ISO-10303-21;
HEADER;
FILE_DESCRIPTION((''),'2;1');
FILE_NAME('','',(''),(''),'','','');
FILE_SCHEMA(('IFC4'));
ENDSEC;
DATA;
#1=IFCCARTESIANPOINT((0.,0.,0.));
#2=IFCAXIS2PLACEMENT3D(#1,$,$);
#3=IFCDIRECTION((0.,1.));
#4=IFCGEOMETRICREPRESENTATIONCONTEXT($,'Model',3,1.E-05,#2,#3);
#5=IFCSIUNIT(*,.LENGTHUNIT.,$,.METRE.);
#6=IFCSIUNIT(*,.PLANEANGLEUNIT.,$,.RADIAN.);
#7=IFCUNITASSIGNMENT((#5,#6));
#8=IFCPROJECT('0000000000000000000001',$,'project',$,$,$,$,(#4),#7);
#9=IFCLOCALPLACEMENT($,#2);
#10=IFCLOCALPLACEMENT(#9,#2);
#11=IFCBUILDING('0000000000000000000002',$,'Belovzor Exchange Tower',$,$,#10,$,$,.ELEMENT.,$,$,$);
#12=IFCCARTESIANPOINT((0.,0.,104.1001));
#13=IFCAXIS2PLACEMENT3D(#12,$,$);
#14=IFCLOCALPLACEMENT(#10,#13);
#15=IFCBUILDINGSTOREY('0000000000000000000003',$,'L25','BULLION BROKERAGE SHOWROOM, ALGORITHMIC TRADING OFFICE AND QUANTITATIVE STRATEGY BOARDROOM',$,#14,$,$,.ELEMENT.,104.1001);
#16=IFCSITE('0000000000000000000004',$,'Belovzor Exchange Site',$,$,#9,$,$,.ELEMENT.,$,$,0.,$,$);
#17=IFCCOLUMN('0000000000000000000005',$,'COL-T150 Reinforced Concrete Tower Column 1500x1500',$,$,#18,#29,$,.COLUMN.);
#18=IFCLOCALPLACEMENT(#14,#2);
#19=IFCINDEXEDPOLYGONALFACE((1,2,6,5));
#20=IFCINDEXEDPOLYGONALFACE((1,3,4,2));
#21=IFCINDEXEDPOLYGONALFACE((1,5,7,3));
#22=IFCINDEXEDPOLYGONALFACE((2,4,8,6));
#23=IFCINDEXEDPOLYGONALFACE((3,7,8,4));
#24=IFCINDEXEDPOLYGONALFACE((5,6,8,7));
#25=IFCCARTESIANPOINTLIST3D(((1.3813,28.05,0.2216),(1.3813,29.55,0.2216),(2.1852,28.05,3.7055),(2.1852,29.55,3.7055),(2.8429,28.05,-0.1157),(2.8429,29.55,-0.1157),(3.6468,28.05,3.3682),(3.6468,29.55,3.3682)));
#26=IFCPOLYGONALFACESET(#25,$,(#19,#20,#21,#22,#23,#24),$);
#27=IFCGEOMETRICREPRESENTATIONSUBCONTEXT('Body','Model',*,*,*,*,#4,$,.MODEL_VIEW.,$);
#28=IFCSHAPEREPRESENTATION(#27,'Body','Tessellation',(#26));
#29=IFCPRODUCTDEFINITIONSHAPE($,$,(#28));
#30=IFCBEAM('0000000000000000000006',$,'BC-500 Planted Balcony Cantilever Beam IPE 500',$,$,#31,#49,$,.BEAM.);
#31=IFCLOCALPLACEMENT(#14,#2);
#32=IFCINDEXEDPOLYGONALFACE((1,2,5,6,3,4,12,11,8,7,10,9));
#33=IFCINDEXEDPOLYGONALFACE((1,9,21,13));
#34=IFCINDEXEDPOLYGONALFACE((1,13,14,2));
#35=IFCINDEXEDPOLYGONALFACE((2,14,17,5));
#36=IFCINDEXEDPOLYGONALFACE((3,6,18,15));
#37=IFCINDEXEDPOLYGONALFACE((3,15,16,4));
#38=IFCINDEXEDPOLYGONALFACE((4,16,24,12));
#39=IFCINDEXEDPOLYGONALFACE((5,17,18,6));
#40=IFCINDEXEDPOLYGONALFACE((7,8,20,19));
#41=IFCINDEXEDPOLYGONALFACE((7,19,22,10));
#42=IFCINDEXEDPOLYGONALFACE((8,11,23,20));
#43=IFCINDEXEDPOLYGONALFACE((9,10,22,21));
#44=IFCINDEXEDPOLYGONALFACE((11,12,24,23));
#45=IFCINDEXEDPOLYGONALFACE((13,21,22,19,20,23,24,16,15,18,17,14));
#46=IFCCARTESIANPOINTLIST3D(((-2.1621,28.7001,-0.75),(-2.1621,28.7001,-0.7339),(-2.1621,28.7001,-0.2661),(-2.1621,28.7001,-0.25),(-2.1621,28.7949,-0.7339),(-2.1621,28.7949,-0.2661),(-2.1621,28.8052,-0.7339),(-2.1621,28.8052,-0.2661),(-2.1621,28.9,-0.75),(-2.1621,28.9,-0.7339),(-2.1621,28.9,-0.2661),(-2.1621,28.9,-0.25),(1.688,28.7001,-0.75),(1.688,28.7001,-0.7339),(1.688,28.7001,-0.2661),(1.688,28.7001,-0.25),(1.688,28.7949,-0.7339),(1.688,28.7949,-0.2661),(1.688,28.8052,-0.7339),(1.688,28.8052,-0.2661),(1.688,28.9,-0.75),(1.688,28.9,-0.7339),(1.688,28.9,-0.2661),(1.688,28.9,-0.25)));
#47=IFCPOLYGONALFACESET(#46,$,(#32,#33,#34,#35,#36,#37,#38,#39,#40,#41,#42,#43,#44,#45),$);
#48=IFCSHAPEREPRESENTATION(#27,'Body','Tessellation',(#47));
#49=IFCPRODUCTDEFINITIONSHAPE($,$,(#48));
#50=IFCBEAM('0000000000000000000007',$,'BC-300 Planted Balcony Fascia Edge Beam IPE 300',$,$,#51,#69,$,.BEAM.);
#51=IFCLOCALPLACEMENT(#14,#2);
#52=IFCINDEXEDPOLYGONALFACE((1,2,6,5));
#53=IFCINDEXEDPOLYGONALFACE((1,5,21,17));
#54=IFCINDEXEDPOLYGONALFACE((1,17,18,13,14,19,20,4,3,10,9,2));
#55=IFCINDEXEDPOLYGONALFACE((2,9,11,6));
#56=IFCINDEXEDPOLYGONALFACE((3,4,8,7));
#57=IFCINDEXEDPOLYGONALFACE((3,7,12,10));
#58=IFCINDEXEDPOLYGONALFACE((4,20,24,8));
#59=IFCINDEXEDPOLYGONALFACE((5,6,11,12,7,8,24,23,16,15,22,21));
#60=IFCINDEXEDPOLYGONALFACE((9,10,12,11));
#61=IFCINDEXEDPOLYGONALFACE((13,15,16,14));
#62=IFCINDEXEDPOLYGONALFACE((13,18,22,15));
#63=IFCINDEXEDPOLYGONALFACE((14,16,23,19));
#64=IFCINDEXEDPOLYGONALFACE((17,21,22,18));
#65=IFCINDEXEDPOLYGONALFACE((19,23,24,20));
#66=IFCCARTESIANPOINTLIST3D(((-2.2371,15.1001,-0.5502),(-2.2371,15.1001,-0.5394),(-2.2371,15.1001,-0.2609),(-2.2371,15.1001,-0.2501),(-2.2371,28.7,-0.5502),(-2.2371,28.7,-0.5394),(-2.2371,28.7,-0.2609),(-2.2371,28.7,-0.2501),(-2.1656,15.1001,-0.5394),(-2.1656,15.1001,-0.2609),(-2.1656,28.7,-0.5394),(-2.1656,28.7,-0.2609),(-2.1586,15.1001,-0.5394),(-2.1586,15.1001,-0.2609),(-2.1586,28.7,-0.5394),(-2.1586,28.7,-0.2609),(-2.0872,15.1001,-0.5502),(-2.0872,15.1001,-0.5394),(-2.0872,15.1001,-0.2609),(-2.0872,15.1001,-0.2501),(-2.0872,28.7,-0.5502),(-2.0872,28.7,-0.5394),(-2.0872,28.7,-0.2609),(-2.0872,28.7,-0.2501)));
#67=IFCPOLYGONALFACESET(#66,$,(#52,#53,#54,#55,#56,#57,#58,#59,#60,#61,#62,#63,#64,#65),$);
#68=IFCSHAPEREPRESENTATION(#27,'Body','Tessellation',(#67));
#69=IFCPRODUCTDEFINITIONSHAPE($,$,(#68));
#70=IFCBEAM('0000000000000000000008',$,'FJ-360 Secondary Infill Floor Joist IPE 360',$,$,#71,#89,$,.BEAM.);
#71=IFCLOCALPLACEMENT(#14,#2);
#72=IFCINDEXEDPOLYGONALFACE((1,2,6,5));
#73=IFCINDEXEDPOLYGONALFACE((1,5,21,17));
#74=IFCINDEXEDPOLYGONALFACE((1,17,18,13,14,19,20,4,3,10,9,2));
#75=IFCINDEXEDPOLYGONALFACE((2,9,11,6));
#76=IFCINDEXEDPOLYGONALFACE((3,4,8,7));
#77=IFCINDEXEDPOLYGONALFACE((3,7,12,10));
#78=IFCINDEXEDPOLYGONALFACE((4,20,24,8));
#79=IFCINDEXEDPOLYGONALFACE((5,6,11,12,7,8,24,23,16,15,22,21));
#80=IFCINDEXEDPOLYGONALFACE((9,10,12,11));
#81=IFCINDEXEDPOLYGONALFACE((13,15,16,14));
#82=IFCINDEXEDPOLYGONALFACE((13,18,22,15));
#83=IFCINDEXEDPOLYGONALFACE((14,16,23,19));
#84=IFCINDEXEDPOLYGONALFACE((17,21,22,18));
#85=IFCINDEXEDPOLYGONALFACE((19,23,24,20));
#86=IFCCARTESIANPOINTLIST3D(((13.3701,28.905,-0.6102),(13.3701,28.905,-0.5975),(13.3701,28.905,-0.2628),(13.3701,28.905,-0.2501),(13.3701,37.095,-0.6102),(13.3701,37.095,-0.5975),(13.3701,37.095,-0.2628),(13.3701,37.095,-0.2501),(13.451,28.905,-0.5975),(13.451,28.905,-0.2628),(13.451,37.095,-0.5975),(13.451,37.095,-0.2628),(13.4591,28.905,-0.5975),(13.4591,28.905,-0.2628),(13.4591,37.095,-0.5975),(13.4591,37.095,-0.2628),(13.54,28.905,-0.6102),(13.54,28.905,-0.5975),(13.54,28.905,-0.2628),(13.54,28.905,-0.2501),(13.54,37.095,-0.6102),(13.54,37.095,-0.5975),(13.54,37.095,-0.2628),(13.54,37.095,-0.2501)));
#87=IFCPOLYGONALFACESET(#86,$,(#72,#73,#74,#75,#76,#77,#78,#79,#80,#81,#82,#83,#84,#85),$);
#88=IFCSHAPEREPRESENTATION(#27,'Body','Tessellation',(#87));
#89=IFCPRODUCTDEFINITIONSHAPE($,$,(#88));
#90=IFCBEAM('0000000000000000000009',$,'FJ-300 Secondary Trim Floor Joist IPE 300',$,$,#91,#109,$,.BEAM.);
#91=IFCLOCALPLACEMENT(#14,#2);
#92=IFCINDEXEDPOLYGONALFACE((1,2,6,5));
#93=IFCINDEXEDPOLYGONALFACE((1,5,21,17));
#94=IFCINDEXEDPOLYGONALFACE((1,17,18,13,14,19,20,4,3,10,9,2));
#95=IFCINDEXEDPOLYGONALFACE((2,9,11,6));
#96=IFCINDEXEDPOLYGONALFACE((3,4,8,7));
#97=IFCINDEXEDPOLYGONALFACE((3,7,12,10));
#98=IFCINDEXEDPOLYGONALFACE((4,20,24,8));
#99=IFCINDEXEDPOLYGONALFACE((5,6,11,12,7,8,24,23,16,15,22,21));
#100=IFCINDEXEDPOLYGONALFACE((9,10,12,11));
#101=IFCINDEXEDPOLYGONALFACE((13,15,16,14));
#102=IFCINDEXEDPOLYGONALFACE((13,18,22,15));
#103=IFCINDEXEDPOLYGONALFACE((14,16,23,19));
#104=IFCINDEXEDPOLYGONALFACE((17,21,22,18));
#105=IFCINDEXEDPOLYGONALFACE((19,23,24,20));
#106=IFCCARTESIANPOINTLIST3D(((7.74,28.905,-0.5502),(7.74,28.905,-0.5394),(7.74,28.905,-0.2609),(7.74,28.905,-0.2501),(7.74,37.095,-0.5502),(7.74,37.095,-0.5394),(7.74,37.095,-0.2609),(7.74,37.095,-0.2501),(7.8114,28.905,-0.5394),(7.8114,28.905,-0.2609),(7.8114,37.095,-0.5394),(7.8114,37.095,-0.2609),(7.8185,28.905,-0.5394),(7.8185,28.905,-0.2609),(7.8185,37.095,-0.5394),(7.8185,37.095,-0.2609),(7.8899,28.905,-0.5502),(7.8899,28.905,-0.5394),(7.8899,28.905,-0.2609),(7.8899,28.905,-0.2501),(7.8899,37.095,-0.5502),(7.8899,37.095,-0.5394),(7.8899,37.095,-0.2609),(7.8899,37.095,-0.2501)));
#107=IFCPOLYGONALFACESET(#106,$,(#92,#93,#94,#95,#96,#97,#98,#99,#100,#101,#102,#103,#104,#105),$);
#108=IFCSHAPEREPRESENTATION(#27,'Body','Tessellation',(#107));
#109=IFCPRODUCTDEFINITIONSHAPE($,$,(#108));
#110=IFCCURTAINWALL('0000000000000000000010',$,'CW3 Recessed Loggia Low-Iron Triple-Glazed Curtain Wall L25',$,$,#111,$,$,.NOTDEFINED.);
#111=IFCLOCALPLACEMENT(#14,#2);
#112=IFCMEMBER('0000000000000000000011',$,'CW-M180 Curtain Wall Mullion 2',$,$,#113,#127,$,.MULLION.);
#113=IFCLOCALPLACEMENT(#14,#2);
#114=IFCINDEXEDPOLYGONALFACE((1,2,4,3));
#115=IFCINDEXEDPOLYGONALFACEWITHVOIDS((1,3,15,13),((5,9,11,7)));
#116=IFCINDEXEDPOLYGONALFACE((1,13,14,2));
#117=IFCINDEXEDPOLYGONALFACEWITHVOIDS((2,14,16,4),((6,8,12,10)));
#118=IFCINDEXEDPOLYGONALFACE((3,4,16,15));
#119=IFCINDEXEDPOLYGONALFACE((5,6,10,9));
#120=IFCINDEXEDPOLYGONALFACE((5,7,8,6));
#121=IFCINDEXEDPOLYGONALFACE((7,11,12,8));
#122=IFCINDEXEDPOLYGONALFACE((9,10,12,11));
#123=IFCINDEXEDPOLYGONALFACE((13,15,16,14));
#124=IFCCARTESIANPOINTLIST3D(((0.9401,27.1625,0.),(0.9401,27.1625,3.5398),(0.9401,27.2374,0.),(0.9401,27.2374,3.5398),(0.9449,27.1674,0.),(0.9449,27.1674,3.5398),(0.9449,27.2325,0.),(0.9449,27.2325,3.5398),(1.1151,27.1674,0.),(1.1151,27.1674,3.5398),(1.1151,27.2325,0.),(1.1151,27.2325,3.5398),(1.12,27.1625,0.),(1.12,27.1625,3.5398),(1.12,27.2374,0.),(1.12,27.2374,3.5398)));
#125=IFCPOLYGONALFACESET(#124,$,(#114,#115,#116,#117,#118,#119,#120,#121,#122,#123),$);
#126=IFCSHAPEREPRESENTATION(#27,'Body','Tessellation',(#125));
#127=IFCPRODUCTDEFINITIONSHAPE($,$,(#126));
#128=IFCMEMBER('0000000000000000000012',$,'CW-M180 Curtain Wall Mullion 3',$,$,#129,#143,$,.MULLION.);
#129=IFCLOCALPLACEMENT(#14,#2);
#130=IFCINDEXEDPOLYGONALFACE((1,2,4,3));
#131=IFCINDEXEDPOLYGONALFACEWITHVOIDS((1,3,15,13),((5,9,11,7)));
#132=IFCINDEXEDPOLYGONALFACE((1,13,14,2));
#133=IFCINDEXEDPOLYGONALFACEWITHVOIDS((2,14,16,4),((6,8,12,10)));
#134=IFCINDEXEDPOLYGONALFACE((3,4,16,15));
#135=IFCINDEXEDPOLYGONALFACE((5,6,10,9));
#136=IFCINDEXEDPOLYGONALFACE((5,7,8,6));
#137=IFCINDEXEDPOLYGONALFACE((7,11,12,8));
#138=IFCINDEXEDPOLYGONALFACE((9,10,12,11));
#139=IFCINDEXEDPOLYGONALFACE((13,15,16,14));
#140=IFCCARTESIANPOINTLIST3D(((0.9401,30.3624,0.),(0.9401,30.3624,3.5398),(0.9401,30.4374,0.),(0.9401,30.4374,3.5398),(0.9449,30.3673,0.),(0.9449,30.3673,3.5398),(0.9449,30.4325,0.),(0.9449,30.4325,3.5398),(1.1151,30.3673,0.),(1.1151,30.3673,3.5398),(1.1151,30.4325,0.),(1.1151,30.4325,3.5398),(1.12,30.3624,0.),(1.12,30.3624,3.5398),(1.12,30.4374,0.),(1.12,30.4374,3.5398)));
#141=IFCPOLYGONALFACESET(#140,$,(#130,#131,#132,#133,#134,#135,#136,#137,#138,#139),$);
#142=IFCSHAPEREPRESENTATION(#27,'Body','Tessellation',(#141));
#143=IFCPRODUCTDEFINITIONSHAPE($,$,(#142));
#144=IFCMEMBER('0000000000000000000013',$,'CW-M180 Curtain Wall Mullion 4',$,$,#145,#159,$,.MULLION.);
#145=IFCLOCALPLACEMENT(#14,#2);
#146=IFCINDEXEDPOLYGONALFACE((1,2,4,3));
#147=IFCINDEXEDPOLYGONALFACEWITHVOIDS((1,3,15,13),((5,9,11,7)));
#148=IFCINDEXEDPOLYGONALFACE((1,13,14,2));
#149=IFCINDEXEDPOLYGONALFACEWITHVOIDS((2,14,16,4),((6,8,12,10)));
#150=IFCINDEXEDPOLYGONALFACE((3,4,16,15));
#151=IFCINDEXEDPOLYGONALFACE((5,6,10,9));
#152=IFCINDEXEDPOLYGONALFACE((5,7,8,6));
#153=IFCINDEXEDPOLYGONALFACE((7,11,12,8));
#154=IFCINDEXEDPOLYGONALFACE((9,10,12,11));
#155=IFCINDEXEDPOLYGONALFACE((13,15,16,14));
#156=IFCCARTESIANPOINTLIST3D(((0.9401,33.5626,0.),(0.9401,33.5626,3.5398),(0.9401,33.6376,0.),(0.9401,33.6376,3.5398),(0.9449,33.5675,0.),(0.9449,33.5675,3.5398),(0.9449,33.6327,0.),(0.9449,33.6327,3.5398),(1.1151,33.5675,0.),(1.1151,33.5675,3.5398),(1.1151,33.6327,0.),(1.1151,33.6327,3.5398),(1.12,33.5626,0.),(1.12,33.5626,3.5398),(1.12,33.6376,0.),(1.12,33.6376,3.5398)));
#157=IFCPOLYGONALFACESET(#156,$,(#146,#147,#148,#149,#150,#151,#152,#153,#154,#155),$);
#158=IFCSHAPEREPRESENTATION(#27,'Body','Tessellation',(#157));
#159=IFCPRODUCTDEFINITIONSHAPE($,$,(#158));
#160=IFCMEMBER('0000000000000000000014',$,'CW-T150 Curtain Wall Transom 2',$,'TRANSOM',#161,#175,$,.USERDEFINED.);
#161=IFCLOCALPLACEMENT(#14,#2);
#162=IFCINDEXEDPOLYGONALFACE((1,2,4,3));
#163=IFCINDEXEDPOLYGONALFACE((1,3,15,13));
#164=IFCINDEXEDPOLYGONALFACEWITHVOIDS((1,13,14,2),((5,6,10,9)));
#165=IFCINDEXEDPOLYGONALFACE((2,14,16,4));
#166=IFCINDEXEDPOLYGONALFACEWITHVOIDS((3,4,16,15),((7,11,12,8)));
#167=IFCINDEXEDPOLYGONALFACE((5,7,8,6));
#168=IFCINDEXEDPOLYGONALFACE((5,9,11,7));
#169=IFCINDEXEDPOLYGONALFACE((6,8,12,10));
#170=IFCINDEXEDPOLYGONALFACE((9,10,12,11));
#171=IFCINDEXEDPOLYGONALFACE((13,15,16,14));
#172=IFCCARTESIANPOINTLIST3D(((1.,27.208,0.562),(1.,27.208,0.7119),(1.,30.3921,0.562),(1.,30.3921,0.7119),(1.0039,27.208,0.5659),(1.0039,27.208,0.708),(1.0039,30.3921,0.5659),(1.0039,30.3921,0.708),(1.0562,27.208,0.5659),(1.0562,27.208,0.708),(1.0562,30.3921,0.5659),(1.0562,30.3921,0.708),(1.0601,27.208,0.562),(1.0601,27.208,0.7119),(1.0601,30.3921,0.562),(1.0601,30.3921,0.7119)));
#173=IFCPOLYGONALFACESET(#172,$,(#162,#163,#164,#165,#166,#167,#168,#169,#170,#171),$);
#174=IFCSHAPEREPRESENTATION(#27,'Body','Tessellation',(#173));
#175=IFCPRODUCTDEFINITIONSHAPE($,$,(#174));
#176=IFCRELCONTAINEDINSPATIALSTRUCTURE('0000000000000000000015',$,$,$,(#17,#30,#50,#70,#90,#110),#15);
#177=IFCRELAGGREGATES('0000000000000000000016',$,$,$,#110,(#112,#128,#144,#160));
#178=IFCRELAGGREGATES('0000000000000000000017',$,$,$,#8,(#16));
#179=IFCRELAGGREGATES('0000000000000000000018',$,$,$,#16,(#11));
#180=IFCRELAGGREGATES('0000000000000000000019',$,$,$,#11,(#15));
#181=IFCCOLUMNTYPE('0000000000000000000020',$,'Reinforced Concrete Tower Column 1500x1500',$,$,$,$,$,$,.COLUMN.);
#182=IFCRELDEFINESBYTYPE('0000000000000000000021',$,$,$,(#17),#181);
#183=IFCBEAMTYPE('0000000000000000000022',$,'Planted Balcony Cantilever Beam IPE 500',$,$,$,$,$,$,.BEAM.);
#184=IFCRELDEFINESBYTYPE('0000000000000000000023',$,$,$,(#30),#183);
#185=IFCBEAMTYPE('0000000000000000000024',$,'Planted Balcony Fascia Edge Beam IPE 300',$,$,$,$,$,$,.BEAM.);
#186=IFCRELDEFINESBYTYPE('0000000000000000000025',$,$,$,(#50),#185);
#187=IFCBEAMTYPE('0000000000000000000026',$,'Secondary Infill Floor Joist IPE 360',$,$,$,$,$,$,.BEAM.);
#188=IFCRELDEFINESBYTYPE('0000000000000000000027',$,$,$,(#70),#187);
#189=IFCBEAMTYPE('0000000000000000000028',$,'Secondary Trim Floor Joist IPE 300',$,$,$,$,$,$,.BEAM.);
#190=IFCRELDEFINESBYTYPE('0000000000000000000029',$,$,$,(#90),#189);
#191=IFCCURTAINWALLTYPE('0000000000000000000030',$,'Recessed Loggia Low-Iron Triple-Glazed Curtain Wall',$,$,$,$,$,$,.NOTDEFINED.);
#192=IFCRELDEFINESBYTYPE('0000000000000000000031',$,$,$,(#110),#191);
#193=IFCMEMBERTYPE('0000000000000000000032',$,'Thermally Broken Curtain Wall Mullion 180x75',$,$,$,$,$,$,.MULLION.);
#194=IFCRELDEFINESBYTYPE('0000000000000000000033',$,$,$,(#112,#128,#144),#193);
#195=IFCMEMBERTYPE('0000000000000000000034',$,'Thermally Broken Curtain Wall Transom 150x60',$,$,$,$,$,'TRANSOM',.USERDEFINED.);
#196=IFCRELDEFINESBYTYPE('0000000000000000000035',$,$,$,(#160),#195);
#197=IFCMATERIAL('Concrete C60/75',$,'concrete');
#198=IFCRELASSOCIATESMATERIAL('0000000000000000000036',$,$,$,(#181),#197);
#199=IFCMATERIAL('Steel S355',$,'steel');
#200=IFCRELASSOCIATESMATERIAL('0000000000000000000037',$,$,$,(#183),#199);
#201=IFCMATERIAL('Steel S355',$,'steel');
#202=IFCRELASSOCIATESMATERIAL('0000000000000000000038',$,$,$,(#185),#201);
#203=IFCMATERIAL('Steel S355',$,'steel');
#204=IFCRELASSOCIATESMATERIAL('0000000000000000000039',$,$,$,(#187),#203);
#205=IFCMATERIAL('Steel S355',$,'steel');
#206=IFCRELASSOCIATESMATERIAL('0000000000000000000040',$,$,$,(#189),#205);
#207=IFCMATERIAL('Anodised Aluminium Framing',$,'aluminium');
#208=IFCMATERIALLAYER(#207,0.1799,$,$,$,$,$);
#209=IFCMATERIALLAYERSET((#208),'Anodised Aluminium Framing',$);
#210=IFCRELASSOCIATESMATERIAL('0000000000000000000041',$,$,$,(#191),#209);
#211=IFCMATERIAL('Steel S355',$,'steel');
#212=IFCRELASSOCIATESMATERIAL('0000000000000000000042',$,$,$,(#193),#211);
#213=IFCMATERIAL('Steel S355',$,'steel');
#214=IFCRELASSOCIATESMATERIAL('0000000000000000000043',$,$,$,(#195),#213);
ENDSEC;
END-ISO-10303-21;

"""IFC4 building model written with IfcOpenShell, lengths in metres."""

from ifc_helpers import new_model, si_unit, direction, frame, origin, origin_2d, place, context, subcontext, project, spatial, rectangle, hollow_rectangle, i_section, extrude, material, layer, layer_set, material_profile, profile_set, type_object, element, aggregate, save


model = new_model("IFC4")

# Units and contexts
model_context = context("Model", 3, precision=1e-05, world=origin(), true_north=direction((0.0, 1.0)))
body_context = subcontext(model_context, "Body", "Model", "MODEL_VIEW")
ifc_project = project(units=[si_unit("LENGTHUNIT", "METRE"), si_unit("PLANEANGLEUNIT", "RADIAN")], contexts=[model_context])

# Site, building, storey
site_placement = place(None, origin())
site = spatial("IfcSite", under=ifc_project, at=site_placement, Name="Belovzor Exchange Site", CompositionType="ELEMENT", RefElevation=0.0)
building_placement = place(site_placement, origin())
building = spatial("IfcBuilding", under=site, at=building_placement, Name="Belovzor Exchange Tower", CompositionType="ELEMENT")
storey_placement = place(building_placement, frame((0.0, 0.0, 104.1001)))
storey = spatial("IfcBuildingStorey", under=building, at=storey_placement, Name="L25", Description="BULLION BROKERAGE SHOWROOM, ALGORITHMIC TRADING OFFICE AND QUANTITATIVE STRATEGY BOARDROOM", CompositionType="ELEMENT", Elevation=104.1001)

# Column
ifc_material_1 = material(Name="Concrete C60/75", Category="concrete")
ifc_material_profile_1 = material_profile(ifc_material_1, rectangle(XDim=1.5, YDim=1.5, at=origin_2d()))
ifc_profile_set_1 = profile_set([ifc_material_profile_1], Name="Concrete C60/75")
column_type = type_object("IfcColumnType", Name="Reinforced Concrete Tower Column 1500x1500", PredefinedType="COLUMN", material=ifc_profile_set_1)
column_placement = place(storey_placement, frame((2.1121, 28.8, 0.053), z_axis=(0.224855, 0.0, 0.974392), x_axis=(0.0, 1.0, 0.0)))
element("IfcColumn", 1, at=column_placement, inside=storey, type_object=column_type, Name="COL-T150 Reinforced Concrete Tower Column 1500x1500", PredefinedType="COLUMN", context=body_context, shape_type="SweptSolid", body=[
    extrude(rectangle(XDim=1.5, YDim=1.5, at=origin_2d()), origin(), (0.0, 0.0, 1.0), 3.5754),
])

# Beams
ifc_material_2 = material(Name="Steel S355", Category="steel")
ifc_material_profile_2 = material_profile(ifc_material_2, i_section(OverallWidth=0.2, OverallDepth=0.5, WebThickness=0.0103, FlangeThickness=0.0161, at=origin_2d()))
ifc_profile_set_2 = profile_set([ifc_material_profile_2], Name="Steel S355")
beam_type_1 = type_object("IfcBeamType", Name="Planted Balcony Cantilever Beam IPE 500", PredefinedType="BEAM", material=ifc_profile_set_2)
beam_1_placement = place(storey_placement, frame((1.688, 28.8, -0.5), z_axis=(-1.0, 0.0, 0.0), x_axis=(0.0, -1.0, 0.0)))
element("IfcBeam", 2, at=beam_1_placement, inside=storey, type_object=beam_type_1, Name="BC-500 Planted Balcony Cantilever Beam IPE 500", PredefinedType="BEAM", context=body_context, shape_type="SweptSolid", body=[
    extrude(i_section(OverallWidth=0.2, OverallDepth=0.5, WebThickness=0.0103, FlangeThickness=0.0161, at=origin_2d()), origin(), (0.0, 0.0, 1.0), 3.8501),
])
ifc_material_3 = material(Name="Steel S355", Category="steel")
ifc_material_profile_3 = material_profile(ifc_material_3, i_section(OverallWidth=0.1499, OverallDepth=0.3, WebThickness=0.0071, FlangeThickness=0.0107, at=origin_2d()))
ifc_profile_set_3 = profile_set([ifc_material_profile_3], Name="Steel S355")
beam_type_2 = type_object("IfcBeamType", Name="Planted Balcony Fascia Edge Beam IPE 300", PredefinedType="BEAM", material=ifc_profile_set_3)
beam_2_placement = place(storey_placement, frame((-2.1621, 28.7, -0.4001), z_axis=(0.0, -1.0, 0.0), x_axis=(1.0, 0.0, 0.0)))
element("IfcBeam", 3, at=beam_2_placement, inside=storey, type_object=beam_type_2, Name="BC-300 Planted Balcony Fascia Edge Beam IPE 300", PredefinedType="BEAM", context=body_context, shape_type="SweptSolid", body=[
    extrude(i_section(OverallWidth=0.1499, OverallDepth=0.3, WebThickness=0.0071, FlangeThickness=0.0107, at=origin_2d()), origin(), (0.0, 0.0, 1.0), 13.5999),
])
ifc_material_4 = material(Name="Steel S355", Category="steel")
ifc_material_profile_4 = material_profile(ifc_material_4, i_section(OverallWidth=0.1699, OverallDepth=0.3601, WebThickness=0.0081, FlangeThickness=0.0127, at=origin_2d()))
ifc_profile_set_4 = profile_set([ifc_material_profile_4], Name="Steel S355")
beam_type_3 = type_object("IfcBeamType", Name="Secondary Infill Floor Joist IPE 360", PredefinedType="BEAM", material=ifc_profile_set_4)
beam_3_placement = place(storey_placement, frame((13.4551, 28.905, -0.4302), z_axis=(0.0, 1.0, 0.0), x_axis=(-1.0, 0.0, 0.0)))
element("IfcBeam", 4, at=beam_3_placement, inside=storey, type_object=beam_type_3, Name="FJ-360 Secondary Infill Floor Joist IPE 360", PredefinedType="BEAM", context=body_context, shape_type="SweptSolid", body=[
    extrude(i_section(OverallWidth=0.1699, OverallDepth=0.3601, WebThickness=0.0081, FlangeThickness=0.0127, at=origin_2d()), origin(), (0.0, 0.0, 1.0), 8.1899),
])
ifc_material_5 = material(Name="Steel S355", Category="steel")
ifc_material_profile_5 = material_profile(ifc_material_5, i_section(OverallWidth=0.1499, OverallDepth=0.3, WebThickness=0.0071, FlangeThickness=0.0107, at=origin_2d()))
ifc_profile_set_5 = profile_set([ifc_material_profile_5], Name="Steel S355")
beam_type_4 = type_object("IfcBeamType", Name="Secondary Trim Floor Joist IPE 300", PredefinedType="BEAM", material=ifc_profile_set_5)
beam_4_placement = place(storey_placement, frame((7.8149, 28.905, -0.4001), z_axis=(0.0, 1.0, 0.0), x_axis=(-1.0, 0.0, 0.0)))
element("IfcBeam", 5, at=beam_4_placement, inside=storey, type_object=beam_type_4, Name="FJ-300 Secondary Trim Floor Joist IPE 300", PredefinedType="BEAM", context=body_context, shape_type="SweptSolid", body=[
    extrude(i_section(OverallWidth=0.1499, OverallDepth=0.3, WebThickness=0.0071, FlangeThickness=0.0107, at=origin_2d()), origin(), (0.0, 0.0, 1.0), 8.1899),
])

# Curtain wall, members
ifc_material_6 = material(Name="Anodised Aluminium Framing", Category="aluminium")
ifc_layer_1 = layer(ifc_material_6, 0.1799)
ifc_layer_set_1 = layer_set([ifc_layer_1], Name="Anodised Aluminium Framing")
curtain_wall_type = type_object("IfcCurtainWallType", Name="Recessed Loggia Low-Iron Triple-Glazed Curtain Wall", PredefinedType="NOTDEFINED", material=ifc_layer_set_1)
curtain_wall_placement = place(storey_placement, origin())
curtain_wall = element("IfcCurtainWall", 6, at=curtain_wall_placement, inside=storey, type_object=curtain_wall_type, Name="CW3 Recessed Loggia Low-Iron Triple-Glazed Curtain Wall L25", PredefinedType="NOTDEFINED")
ifc_material_7 = material(Name="Steel S355", Category="steel")
ifc_material_profile_6 = material_profile(ifc_material_7, hollow_rectangle(XDim=0.075, YDim=0.1799, WallThickness=0.0049, at=origin_2d()))
ifc_profile_set_6 = profile_set([ifc_material_profile_6], Name="Steel S355")
member_type_1 = type_object("IfcMemberType", Name="Thermally Broken Curtain Wall Mullion 180x75", PredefinedType="MULLION", material=ifc_profile_set_6)
member_1_placement = place(storey_placement, frame((1.03, 27.2, 0.0), z_axis=(0.0, 0.0, 1.0), x_axis=(0.0, 1.0, 0.0)))
member_1 = element("IfcMember", 7, at=member_1_placement, type_object=member_type_1, Name="CW-M180 Curtain Wall Mullion 2", PredefinedType="MULLION", context=body_context, shape_type="SweptSolid", body=[
    extrude(hollow_rectangle(XDim=0.075, YDim=0.1799, WallThickness=0.0049, at=origin_2d()), origin(), (0.0, 0.0, 1.0), 3.5398),
])
member_2_placement = place(storey_placement, frame((1.03, 30.3999, 0.0), z_axis=(0.0, 0.0, 1.0), x_axis=(0.0, 1.0, 0.0)))
member_2 = element("IfcMember", 8, at=member_2_placement, type_object=member_type_1, Name="CW-M180 Curtain Wall Mullion 3", PredefinedType="MULLION", context=body_context, shape_type="SweptSolid", body=[
    extrude(hollow_rectangle(XDim=0.075, YDim=0.1799, WallThickness=0.0049, at=origin_2d()), origin(), (0.0, 0.0, 1.0), 3.5398),
])
member_3_placement = place(storey_placement, frame((1.03, 33.6001, 0.0), z_axis=(0.0, 0.0, 1.0), x_axis=(0.0, 1.0, 0.0)))
member_3 = element("IfcMember", 9, at=member_3_placement, type_object=member_type_1, Name="CW-M180 Curtain Wall Mullion 4", PredefinedType="MULLION", context=body_context, shape_type="SweptSolid", body=[
    extrude(hollow_rectangle(XDim=0.075, YDim=0.1799, WallThickness=0.0049, at=origin_2d()), origin(), (0.0, 0.0, 1.0), 3.5398),
])
ifc_material_8 = material(Name="Steel S355", Category="steel")
ifc_material_profile_7 = material_profile(ifc_material_8, hollow_rectangle(XDim=0.0601, YDim=0.1499, WallThickness=0.0039, at=origin_2d()))
ifc_profile_set_7 = profile_set([ifc_material_profile_7], Name="Steel S355")
member_type_2 = type_object("IfcMemberType", Name="Thermally Broken Curtain Wall Transom 150x60", ElementType="TRANSOM", PredefinedType="USERDEFINED", material=ifc_profile_set_7)
member_4_placement = place(storey_placement, frame((1.03, 27.208, 0.637), z_axis=(0.0, 1.0, 0.0), x_axis=(-1.0, 0.0, 0.0)))
member_4 = element("IfcMember", 10, at=member_4_placement, type_object=member_type_2, Name="CW-T150 Curtain Wall Transom 2", ObjectType="TRANSOM", PredefinedType="USERDEFINED", context=body_context, shape_type="SweptSolid", body=[
    extrude(hollow_rectangle(XDim=0.0601, YDim=0.1499, WallThickness=0.0039, at=origin_2d()), origin(), (0.0, 0.0, 1.0), 3.1841),
])

aggregate(curtain_wall, [member_1, member_2, member_3, member_4])

save(model, "model.ifc")
